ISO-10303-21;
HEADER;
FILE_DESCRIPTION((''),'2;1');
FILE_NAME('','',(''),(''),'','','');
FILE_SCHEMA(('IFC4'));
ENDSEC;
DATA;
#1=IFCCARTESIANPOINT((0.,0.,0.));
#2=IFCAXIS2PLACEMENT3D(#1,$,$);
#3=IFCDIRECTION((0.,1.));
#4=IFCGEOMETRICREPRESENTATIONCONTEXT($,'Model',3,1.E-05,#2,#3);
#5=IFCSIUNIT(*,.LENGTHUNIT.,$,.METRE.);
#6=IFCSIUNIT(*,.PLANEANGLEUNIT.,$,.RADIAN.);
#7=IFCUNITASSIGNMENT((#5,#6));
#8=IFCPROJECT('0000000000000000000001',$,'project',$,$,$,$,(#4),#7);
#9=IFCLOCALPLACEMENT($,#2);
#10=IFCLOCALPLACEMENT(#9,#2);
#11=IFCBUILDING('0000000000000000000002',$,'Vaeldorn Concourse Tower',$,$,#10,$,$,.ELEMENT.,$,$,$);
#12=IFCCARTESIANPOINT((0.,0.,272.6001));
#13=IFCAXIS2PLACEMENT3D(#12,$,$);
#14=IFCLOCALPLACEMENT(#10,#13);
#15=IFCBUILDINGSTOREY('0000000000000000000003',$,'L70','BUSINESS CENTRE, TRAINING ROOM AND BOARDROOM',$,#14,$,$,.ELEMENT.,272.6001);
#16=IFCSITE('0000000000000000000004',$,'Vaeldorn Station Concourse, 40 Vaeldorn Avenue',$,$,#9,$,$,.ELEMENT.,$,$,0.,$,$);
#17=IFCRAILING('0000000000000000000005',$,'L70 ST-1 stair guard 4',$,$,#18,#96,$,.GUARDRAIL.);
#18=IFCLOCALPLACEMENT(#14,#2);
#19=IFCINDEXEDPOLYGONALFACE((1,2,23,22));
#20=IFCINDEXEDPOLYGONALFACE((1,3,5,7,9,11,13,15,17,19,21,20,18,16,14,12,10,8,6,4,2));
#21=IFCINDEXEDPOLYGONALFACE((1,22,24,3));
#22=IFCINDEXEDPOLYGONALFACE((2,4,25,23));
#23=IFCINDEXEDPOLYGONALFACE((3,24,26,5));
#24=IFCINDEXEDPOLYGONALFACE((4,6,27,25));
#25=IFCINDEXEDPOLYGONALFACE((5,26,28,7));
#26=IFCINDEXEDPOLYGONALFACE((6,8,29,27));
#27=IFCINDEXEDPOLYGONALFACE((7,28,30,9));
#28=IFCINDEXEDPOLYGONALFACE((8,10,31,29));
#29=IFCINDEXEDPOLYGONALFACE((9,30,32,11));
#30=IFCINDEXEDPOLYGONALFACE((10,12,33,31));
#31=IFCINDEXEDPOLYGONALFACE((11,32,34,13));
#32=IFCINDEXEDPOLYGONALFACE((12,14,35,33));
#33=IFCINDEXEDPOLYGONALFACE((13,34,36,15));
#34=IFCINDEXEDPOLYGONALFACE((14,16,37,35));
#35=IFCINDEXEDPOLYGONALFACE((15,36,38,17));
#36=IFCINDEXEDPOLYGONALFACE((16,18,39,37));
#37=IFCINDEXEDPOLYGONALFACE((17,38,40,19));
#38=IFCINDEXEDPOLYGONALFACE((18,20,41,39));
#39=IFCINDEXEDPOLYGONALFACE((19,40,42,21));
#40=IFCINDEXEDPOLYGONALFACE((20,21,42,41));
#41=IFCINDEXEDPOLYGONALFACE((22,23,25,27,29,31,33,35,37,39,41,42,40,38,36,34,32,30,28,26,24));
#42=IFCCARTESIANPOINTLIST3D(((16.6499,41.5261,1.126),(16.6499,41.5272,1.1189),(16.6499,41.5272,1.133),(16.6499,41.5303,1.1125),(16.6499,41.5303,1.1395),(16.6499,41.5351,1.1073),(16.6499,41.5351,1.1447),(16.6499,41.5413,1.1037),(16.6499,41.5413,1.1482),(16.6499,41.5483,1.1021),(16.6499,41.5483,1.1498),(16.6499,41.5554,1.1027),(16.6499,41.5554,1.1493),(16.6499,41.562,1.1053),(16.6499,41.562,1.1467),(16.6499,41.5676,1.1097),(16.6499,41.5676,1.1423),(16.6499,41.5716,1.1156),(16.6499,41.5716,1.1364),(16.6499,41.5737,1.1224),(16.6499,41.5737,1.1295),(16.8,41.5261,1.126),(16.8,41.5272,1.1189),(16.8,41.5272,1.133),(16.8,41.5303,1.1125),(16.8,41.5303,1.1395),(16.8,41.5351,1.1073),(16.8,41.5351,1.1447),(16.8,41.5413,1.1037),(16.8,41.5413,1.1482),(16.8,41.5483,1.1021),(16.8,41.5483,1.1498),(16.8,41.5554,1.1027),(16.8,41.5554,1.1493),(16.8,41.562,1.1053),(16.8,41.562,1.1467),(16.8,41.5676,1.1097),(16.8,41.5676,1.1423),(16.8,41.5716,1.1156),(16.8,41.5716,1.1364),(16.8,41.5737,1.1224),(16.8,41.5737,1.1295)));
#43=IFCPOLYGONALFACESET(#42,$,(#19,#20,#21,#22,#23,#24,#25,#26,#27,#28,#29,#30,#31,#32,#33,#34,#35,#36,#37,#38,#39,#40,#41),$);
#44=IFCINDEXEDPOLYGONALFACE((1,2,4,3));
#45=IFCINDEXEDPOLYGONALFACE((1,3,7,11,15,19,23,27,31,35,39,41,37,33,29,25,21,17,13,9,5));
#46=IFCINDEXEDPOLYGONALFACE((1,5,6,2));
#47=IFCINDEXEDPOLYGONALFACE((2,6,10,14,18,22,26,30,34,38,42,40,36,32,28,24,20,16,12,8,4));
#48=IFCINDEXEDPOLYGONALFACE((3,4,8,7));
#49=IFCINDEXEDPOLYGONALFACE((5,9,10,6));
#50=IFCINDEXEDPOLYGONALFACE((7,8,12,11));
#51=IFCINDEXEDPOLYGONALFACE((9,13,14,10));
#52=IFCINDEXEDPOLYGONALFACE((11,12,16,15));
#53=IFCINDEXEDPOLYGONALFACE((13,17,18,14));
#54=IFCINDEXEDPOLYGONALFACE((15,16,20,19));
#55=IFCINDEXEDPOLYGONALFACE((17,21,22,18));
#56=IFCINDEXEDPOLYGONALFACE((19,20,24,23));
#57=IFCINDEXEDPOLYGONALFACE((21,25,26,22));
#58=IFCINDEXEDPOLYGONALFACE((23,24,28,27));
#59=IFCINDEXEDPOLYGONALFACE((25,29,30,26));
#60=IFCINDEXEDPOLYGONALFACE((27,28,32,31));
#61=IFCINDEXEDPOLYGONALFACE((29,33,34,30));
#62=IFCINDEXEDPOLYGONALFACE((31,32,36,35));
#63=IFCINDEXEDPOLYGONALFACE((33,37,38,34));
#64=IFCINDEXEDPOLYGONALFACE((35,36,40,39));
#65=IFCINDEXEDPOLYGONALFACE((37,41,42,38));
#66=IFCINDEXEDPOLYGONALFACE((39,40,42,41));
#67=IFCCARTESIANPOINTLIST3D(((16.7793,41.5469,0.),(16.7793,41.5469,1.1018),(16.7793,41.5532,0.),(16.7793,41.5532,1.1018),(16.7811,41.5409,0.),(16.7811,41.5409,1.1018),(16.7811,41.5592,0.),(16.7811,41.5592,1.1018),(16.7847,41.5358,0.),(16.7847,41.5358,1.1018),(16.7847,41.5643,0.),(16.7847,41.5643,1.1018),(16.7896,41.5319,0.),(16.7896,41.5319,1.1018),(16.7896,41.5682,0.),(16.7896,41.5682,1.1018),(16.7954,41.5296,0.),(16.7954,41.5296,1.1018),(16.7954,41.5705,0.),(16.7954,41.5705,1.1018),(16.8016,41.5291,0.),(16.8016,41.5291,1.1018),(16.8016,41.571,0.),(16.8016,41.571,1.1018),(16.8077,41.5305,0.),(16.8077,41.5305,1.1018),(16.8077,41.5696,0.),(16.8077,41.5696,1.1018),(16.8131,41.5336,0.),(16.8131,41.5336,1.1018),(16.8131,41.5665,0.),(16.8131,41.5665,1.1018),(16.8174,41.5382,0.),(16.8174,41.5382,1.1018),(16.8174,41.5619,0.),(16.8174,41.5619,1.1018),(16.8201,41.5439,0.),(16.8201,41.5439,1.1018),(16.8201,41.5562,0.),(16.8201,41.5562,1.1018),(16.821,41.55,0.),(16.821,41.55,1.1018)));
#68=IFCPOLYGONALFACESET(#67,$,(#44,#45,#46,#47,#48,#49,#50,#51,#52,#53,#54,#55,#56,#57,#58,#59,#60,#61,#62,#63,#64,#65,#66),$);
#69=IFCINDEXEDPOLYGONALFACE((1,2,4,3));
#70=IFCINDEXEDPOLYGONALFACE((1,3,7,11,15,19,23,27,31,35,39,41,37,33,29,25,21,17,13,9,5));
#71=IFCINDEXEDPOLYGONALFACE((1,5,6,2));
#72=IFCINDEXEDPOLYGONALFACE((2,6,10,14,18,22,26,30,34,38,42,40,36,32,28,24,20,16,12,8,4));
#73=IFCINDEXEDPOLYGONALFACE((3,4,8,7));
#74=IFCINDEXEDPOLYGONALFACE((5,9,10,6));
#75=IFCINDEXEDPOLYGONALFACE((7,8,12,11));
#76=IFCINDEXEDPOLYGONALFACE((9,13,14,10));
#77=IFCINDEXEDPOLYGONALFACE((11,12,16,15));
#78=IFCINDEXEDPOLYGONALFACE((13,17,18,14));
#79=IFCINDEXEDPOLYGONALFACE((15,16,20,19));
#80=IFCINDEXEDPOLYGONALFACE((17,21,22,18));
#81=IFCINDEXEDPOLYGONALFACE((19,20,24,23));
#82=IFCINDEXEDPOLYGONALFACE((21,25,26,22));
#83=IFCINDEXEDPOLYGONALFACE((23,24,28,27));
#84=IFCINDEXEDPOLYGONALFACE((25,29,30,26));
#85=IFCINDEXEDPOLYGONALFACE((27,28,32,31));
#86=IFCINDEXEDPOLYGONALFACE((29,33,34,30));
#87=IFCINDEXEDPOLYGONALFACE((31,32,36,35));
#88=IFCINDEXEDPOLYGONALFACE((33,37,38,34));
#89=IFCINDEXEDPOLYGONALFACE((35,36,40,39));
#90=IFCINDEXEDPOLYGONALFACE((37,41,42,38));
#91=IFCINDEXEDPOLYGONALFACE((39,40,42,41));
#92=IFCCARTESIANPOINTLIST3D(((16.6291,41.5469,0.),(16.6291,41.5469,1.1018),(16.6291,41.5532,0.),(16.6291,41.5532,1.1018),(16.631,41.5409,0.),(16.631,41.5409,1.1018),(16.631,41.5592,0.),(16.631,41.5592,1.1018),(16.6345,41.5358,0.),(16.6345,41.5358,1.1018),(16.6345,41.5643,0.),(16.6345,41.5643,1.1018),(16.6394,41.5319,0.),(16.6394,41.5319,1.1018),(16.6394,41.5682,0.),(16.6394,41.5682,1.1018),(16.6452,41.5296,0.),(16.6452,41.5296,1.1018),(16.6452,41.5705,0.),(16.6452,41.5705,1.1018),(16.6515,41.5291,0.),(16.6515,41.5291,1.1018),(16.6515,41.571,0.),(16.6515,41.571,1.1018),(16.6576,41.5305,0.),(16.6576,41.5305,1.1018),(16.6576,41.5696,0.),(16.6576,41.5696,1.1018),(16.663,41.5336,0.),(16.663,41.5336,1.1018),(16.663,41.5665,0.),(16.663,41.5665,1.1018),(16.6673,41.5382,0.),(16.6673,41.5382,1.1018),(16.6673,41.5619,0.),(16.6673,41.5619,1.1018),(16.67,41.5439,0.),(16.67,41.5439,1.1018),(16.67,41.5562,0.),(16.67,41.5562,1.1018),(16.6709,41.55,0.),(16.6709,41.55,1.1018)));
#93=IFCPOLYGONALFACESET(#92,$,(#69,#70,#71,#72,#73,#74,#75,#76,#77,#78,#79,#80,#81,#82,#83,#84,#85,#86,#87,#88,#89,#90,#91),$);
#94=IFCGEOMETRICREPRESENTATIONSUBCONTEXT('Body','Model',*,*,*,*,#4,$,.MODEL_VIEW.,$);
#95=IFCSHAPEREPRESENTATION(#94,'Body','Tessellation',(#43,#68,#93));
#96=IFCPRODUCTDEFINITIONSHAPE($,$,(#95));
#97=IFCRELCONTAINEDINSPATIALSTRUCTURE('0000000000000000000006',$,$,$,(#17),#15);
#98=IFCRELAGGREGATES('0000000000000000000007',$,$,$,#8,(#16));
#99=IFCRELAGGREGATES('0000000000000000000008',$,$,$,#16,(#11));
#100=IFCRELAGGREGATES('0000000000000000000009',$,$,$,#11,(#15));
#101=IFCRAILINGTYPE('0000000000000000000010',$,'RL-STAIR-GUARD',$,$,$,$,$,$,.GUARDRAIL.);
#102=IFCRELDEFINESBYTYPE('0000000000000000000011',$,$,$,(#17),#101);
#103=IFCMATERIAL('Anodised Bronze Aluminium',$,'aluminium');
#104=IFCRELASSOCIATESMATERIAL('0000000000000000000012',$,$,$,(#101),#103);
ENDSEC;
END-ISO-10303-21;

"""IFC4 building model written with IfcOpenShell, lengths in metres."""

from ifc_helpers import new_model, si_unit, direction, frame, origin, origin_2d, place, context, subcontext, project, spatial, circle, extrude, material, type_object, element, save


model = new_model("IFC4")

# Units and contexts
model_context = context("Model", 3, precision=1e-05, world=origin(), true_north=direction((0.0, 1.0)))
body_context = subcontext(model_context, "Body", "Model", "MODEL_VIEW")
ifc_project = project(units=[si_unit("LENGTHUNIT", "METRE"), si_unit("PLANEANGLEUNIT", "RADIAN")], contexts=[model_context])

# Site, building, storey
site_placement = place(None, origin())
site = spatial("IfcSite", under=ifc_project, at=site_placement, Name="Vaeldorn Station Concourse, 40 Vaeldorn Avenue", CompositionType="ELEMENT", RefElevation=0.0)
building_placement = place(site_placement, origin())
building = spatial("IfcBuilding", under=site, at=building_placement, Name="Vaeldorn Concourse Tower", CompositionType="ELEMENT")
storey_placement = place(building_placement, frame((0.0, 0.0, 272.6001)))
storey = spatial("IfcBuildingStorey", under=building, at=storey_placement, Name="L70", Description="BUSINESS CENTRE, TRAINING ROOM AND BOARDROOM", CompositionType="ELEMENT", Elevation=272.6001)

# Shared definitions
ifc_material_1 = material(Name="Anodised Bronze Aluminium", Category="aluminium")

# Railing
railing_type_1 = type_object("IfcRailingType", Name="RL-STAIR-GUARD", PredefinedType="GUARDRAIL", material=ifc_material_1)
railing_1_placement = place(storey_placement, frame((16.8, 41.55, 0.0)))
element("IfcRailing", 1, at=railing_1_placement, inside=storey, type_object=railing_type_1, Name="L70 ST-1 stair guard 4", PredefinedType="GUARDRAIL", context=body_context, shape_type="SweptSolid", body=[
    extrude(circle(Radius=0.0239, at=origin_2d()), frame((0.0, 0.0, 1.126), z_axis=(-1.0, 0.0, 0.0), x_axis=(0.0, -1.0, 0.0)), (0.0, 0.0, 1.0), 0.1501),
    extrude(circle(Radius=0.021, at=origin_2d()), origin(), (0.0, 0.0, 1.0), 1.1018),
    extrude(circle(Radius=0.021, at=origin_2d()), frame((-0.1501, 0.0, 0.0)), (0.0, 0.0, 1.0), 1.1018),
])

save(model, "model.ifc")
